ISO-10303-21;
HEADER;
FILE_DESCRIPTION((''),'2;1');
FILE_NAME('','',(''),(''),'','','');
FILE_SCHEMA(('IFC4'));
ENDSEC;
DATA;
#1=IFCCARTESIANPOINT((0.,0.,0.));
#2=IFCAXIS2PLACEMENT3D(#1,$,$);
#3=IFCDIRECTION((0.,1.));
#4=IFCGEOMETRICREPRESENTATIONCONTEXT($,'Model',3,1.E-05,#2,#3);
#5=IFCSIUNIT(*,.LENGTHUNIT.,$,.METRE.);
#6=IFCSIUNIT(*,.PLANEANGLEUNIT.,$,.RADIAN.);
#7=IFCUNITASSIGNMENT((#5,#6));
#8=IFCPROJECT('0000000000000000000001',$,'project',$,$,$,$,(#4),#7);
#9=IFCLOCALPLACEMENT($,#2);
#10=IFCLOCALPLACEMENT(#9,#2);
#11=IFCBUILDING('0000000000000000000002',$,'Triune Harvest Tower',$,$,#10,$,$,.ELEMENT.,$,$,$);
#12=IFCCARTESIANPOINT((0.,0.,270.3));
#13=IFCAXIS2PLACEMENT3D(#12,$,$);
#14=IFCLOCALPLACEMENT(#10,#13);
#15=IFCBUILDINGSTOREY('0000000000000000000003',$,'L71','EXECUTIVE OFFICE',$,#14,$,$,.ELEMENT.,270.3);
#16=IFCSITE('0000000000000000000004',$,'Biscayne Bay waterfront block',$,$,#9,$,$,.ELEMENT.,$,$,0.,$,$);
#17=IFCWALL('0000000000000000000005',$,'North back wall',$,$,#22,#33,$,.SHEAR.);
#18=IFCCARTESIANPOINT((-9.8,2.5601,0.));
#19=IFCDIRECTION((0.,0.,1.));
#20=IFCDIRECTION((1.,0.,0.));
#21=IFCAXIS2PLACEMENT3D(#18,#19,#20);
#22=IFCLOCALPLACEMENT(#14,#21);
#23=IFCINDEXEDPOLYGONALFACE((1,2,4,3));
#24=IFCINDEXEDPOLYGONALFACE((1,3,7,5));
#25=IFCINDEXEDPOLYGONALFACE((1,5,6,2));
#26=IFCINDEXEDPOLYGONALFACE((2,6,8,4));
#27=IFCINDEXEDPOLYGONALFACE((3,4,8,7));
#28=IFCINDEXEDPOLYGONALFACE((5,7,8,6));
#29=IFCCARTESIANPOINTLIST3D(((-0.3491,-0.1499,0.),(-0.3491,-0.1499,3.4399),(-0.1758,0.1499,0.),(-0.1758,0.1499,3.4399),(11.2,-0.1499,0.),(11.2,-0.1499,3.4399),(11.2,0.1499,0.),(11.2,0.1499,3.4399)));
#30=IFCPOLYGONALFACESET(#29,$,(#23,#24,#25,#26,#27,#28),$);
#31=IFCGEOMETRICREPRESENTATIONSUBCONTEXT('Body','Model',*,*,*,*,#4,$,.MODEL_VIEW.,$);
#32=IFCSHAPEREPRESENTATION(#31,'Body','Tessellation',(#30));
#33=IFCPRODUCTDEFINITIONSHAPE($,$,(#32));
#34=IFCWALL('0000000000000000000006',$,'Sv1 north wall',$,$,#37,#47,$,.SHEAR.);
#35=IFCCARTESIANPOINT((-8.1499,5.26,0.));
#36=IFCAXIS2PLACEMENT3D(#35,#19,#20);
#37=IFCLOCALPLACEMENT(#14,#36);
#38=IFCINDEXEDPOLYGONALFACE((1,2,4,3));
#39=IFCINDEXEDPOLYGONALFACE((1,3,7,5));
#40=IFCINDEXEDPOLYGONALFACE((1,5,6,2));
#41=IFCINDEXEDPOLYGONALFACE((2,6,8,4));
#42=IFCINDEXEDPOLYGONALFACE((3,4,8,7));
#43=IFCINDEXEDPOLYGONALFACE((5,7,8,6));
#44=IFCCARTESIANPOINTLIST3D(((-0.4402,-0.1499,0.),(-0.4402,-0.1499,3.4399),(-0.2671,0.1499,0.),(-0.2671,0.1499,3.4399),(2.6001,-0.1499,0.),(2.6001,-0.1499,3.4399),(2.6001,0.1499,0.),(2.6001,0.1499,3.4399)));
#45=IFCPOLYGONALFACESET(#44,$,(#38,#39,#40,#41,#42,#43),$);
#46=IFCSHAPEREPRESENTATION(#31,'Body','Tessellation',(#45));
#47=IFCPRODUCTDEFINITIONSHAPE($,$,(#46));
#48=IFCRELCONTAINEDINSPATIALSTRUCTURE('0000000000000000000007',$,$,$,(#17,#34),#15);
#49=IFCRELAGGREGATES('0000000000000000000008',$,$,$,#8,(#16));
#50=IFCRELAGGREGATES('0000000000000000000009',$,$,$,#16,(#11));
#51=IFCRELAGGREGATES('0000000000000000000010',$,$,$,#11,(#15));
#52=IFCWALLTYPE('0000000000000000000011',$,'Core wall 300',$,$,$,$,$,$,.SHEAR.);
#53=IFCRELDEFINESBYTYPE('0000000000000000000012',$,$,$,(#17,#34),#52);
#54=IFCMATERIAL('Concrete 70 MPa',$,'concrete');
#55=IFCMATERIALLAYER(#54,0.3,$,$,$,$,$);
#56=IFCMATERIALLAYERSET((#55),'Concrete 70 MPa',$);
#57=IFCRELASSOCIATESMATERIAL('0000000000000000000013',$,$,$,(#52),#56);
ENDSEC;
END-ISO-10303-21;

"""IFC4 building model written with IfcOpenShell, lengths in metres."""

from ifc_helpers import new_model, si_unit, direction, frame, origin, place, context, subcontext, project, spatial, polyline, outline, extrude, source, transform, mapped, material, layer, layer_set, type_object, element, save


model = new_model("IFC4")

# Units and contexts
model_context = context("Model", 3, precision=1e-05, world=origin(), true_north=direction((0.0, 1.0)))
body_context = subcontext(model_context, "Body", "Model", "MODEL_VIEW")
ifc_project = project(units=[si_unit("LENGTHUNIT", "METRE"), si_unit("PLANEANGLEUNIT", "RADIAN")], contexts=[model_context])

# Site, building, storey
site_placement = place(None, origin())
site = spatial("IfcSite", under=ifc_project, at=site_placement, Name="Biscayne Bay waterfront block", CompositionType="ELEMENT", RefElevation=0.0)
building_placement = place(site_placement, origin())
building = spatial("IfcBuilding", under=site, at=building_placement, Name="Triune Harvest Tower", CompositionType="ELEMENT")
storey_placement = place(building_placement, frame((0.0, 0.0, 270.3)))
storey = spatial("IfcBuildingStorey", under=building, at=storey_placement, Name="L71", Description="EXECUTIVE OFFICE", CompositionType="ELEMENT", Elevation=270.3)

# Shared definitions
ifc_material_1 = material(Name="Concrete 70 MPa", Category="concrete")
ifc_layer_1 = layer(ifc_material_1, 0.3)
ifc_layer_set_1 = layer_set([ifc_layer_1], Name="Concrete 70 MPa")
wall_type_1 = type_object("IfcWallType", Name="Core wall 300", PredefinedType="SHEAR", material=ifc_layer_set_1)

# Wall
shared_shape_1 = source(origin(), body_context, "Body", "SweptSolid", [
    extrude(outline(polyline([(11.2, -0.1499), (-0.3491, -0.1499), (-0.1758, 0.1499), (11.2, 0.1499), (11.2, -0.1499)])), origin(), (0.0, 0.0, 1.0), 3.4399),
])
wall_1_placement = place(storey_placement, frame((-9.8, 2.5601, 0.0), z_axis=(0.0, 0.0, 1.0), x_axis=(1.0, 0.0, 0.0)))
element("IfcWall", 1, at=wall_1_placement, inside=storey, type_object=wall_type_1, Name="North back wall", PredefinedType="SHEAR", context=body_context, shape_type="MappedRepresentation", body=[
    mapped(shared_shape_1, transform((0.0, 0.0, 0.0), scale=1.0)),
])

# Wall
shared_shape_2 = source(origin(), body_context, "Body", "SweptSolid", [
    extrude(outline(polyline([(2.6001, -0.1499), (-0.4402, -0.1499), (-0.2671, 0.1499), (2.6001, 0.1499), (2.6001, -0.1499)])), origin(), (0.0, 0.0, 1.0), 3.4399),
])
wall_2_placement = place(storey_placement, frame((-8.1499, 5.26, 0.0), z_axis=(0.0, 0.0, 1.0), x_axis=(1.0, 0.0, 0.0)))
element("IfcWall", 2, at=wall_2_placement, inside=storey, type_object=wall_type_1, Name="Sv1 north wall", PredefinedType="SHEAR", context=body_context, shape_type="MappedRepresentation", body=[
    mapped(shared_shape_2, transform((0.0, 0.0, 0.0), scale=1.0)),
])

save(model, "model.ifc")
